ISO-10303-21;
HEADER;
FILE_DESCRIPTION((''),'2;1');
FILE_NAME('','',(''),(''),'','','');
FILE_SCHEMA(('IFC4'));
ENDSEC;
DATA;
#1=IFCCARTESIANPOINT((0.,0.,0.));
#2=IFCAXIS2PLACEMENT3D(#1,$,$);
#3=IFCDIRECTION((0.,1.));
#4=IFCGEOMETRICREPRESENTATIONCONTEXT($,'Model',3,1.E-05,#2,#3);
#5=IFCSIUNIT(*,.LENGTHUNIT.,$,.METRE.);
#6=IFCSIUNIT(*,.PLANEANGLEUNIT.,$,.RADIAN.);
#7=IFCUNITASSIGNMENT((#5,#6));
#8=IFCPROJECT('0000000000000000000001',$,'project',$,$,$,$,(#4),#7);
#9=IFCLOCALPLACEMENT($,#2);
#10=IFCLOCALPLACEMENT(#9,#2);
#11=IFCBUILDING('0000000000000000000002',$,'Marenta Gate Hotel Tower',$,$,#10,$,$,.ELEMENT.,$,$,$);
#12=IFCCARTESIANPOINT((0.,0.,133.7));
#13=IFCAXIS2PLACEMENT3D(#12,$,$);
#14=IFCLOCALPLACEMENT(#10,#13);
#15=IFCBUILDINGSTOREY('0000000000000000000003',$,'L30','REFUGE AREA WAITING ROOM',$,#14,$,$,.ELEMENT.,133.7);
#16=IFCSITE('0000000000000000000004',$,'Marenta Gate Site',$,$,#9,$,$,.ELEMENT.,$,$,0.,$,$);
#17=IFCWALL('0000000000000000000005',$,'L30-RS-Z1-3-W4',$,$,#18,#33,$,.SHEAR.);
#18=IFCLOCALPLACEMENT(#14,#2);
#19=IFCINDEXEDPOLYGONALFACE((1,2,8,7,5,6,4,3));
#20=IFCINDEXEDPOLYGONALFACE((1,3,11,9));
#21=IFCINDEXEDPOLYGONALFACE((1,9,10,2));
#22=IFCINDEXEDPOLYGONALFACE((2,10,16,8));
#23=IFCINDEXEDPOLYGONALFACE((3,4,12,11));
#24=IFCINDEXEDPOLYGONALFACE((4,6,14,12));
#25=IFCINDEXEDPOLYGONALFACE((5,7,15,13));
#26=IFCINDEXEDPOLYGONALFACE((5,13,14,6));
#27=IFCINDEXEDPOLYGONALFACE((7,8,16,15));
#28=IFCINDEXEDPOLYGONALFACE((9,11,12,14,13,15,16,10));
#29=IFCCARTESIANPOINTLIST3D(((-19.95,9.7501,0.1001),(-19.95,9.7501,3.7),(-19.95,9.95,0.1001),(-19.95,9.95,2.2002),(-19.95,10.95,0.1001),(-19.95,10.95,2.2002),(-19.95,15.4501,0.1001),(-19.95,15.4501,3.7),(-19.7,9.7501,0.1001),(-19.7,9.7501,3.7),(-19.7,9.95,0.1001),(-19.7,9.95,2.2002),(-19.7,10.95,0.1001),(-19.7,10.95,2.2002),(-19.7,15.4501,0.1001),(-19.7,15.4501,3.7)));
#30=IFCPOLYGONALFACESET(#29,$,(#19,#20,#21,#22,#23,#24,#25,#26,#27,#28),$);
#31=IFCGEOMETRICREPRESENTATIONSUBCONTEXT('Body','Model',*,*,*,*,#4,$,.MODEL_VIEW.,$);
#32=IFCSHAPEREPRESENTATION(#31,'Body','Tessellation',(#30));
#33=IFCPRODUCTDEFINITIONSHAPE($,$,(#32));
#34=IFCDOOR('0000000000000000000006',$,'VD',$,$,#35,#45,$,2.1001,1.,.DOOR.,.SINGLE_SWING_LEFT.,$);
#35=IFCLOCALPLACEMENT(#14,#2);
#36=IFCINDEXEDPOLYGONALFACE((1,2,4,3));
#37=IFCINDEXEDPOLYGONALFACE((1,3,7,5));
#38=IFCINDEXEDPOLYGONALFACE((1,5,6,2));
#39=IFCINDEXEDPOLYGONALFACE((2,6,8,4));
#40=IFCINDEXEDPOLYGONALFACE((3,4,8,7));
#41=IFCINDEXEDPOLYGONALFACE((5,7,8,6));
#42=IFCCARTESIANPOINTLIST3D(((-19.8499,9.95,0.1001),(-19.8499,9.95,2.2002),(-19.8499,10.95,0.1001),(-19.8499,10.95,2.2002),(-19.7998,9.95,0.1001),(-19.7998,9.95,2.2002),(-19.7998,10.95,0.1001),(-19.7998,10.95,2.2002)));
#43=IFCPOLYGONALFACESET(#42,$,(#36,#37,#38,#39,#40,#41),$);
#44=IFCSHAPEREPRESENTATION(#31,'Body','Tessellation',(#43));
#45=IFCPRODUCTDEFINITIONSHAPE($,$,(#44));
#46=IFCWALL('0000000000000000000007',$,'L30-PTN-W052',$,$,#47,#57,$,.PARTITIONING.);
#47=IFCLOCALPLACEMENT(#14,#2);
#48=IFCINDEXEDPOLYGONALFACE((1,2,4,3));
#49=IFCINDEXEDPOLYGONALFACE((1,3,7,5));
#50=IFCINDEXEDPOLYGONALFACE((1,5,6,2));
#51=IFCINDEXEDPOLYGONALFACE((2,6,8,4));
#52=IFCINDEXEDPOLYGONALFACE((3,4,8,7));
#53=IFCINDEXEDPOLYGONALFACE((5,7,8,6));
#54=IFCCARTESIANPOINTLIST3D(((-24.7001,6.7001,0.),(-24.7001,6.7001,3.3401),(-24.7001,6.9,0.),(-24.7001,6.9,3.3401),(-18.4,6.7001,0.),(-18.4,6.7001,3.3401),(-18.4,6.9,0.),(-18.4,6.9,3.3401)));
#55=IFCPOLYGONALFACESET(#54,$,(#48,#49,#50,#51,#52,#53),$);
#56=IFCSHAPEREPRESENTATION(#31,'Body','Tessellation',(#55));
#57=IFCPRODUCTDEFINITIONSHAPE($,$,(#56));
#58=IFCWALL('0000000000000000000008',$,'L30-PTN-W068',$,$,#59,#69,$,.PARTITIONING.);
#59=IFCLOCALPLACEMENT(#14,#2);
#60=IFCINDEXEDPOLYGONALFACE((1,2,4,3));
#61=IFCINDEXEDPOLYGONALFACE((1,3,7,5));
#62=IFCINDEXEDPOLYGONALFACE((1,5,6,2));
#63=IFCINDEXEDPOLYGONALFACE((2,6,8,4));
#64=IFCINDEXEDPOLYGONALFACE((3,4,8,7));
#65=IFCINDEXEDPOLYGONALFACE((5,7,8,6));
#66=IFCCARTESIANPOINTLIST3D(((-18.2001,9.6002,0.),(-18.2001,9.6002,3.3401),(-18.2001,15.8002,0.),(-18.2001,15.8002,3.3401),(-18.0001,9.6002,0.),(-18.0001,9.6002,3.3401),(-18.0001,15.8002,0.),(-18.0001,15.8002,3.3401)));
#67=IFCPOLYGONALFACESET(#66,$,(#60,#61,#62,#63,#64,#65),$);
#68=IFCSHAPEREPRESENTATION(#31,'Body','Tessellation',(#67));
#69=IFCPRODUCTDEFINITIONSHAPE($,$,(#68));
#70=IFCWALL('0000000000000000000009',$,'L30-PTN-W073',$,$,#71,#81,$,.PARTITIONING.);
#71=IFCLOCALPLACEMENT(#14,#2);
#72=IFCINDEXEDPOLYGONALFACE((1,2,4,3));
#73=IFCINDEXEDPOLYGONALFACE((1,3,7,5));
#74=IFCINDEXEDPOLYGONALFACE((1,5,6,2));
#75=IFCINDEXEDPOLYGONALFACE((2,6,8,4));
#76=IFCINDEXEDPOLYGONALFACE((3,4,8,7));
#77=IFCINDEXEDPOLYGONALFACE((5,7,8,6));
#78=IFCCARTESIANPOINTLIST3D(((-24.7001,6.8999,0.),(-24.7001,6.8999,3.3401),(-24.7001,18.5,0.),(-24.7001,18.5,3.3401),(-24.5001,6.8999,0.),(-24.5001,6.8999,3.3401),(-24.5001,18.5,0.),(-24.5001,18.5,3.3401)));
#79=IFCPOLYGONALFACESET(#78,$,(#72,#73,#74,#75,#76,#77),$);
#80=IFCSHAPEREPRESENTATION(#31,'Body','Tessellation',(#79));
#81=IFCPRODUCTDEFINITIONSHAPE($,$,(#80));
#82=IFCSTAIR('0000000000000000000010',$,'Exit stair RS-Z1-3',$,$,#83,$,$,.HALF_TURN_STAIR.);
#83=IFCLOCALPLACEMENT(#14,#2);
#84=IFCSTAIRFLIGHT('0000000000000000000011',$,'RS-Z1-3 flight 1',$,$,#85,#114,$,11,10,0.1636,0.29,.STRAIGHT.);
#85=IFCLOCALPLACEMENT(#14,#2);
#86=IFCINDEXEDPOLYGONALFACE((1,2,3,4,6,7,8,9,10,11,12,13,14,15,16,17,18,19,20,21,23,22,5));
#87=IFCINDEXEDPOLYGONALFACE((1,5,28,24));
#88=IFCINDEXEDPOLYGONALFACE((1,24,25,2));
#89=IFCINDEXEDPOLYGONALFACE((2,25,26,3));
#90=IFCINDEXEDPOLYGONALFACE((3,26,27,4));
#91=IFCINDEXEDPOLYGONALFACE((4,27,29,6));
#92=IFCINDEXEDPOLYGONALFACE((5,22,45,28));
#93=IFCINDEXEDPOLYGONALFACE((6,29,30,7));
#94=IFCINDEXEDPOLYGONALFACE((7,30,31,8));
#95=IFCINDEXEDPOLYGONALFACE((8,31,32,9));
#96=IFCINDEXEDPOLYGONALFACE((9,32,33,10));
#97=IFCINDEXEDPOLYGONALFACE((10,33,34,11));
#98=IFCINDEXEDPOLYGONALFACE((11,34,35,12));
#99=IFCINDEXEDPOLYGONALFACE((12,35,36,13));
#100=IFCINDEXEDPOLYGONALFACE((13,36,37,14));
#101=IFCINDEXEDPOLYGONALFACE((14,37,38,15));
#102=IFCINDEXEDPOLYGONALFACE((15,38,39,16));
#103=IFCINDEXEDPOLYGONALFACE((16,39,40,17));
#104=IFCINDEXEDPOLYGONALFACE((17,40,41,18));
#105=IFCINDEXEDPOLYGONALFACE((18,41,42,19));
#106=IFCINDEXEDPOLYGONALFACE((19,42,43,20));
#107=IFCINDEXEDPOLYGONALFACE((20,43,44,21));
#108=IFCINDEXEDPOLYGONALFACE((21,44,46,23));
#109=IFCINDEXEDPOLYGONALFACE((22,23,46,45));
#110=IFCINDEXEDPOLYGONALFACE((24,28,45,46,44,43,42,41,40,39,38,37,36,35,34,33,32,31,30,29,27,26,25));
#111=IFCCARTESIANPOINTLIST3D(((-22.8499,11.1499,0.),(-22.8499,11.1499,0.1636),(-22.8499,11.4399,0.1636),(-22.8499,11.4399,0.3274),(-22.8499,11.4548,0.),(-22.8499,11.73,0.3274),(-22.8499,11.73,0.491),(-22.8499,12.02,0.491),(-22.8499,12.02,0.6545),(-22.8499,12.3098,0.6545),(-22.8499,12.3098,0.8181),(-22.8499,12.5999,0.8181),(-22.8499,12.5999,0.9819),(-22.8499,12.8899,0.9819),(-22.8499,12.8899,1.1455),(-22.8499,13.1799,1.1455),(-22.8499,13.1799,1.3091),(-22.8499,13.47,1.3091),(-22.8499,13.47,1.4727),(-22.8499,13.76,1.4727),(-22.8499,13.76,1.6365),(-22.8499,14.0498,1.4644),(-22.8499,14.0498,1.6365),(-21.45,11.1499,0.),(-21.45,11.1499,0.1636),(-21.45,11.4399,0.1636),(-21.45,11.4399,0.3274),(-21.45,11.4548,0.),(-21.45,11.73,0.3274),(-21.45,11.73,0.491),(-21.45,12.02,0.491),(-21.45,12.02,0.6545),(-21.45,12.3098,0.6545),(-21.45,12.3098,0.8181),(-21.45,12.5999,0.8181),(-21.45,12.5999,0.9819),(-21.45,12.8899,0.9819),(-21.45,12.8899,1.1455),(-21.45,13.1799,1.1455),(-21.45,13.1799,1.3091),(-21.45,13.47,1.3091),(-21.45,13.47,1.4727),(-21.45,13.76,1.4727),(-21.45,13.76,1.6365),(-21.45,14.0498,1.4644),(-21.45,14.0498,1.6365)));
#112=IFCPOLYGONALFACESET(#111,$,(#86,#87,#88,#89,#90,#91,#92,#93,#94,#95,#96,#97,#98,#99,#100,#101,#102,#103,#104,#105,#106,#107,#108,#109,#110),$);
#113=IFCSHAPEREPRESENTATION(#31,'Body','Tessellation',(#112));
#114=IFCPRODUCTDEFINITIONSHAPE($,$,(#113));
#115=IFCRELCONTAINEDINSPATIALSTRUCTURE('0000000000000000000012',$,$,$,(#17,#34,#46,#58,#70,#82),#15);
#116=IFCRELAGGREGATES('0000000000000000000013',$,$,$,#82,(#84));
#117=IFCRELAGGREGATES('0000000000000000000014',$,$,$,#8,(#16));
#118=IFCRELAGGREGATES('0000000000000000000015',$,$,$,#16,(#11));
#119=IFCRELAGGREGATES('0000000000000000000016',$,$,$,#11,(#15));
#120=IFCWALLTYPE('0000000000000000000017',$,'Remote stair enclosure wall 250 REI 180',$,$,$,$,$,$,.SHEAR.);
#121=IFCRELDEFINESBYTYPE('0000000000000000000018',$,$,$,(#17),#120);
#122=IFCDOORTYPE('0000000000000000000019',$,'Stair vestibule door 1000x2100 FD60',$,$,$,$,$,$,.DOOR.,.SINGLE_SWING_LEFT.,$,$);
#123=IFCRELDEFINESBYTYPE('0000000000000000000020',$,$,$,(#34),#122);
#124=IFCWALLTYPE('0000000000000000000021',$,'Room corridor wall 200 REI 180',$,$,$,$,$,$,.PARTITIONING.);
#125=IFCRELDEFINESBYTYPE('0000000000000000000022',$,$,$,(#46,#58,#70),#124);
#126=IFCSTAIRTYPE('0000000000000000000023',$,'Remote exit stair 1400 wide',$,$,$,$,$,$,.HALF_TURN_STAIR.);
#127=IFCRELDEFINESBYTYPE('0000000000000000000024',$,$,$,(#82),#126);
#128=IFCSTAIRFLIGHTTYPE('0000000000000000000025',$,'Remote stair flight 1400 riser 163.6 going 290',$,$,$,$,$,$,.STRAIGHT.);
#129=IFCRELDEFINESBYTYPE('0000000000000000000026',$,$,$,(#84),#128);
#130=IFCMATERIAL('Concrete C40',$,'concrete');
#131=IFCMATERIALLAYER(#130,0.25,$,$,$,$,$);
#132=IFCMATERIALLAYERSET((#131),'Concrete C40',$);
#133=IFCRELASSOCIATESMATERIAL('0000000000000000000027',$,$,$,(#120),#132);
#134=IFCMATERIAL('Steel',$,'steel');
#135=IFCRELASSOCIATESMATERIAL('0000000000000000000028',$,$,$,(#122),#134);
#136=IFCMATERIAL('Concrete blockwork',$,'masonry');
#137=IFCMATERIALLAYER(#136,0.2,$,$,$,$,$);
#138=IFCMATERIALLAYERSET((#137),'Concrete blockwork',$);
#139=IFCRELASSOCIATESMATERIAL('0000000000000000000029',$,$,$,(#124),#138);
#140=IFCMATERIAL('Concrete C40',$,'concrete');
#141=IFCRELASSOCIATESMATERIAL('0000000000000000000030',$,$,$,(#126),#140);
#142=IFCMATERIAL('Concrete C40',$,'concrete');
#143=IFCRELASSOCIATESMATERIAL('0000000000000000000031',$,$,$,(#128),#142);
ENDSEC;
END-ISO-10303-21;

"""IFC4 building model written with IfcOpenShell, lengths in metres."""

from ifc_helpers import new_model, si_unit, direction, frame, frame_2d, origin, place, context, subcontext, project, spatial, polyline, rectangle, outline, extrude, material, layer, layer_set, type_object, element, fill, aggregate, save


model = new_model("IFC4")

# Units and contexts
model_context = context("Model", 3, precision=1e-05, world=origin(), true_north=direction((0.0, 1.0)))
body_context = subcontext(model_context, "Body", "Model", "MODEL_VIEW")
ifc_project = project(units=[si_unit("LENGTHUNIT", "METRE"), si_unit("PLANEANGLEUNIT", "RADIAN")], contexts=[model_context])

# Site, building, storey
site_placement = place(None, origin())
site = spatial("IfcSite", under=ifc_project, at=site_placement, Name="Marenta Gate Site", CompositionType="ELEMENT", RefElevation=0.0)
building_placement = place(site_placement, origin())
building = spatial("IfcBuilding", under=site, at=building_placement, Name="Marenta Gate Hotel Tower", CompositionType="ELEMENT")
storey_placement = place(building_placement, frame((0.0, 0.0, 133.7)))
storey = spatial("IfcBuildingStorey", under=building, at=storey_placement, Name="L30", Description="REFUGE AREA WAITING ROOM", CompositionType="ELEMENT", Elevation=133.7)

# Shared definitions
ifc_material_1 = material(Name="Concrete C40", Category="concrete")
ifc_layer_1 = layer(ifc_material_1, 0.25)
ifc_layer_set_1 = layer_set([ifc_layer_1], Name="Concrete C40")
wall_type_1 = type_object("IfcWallType", Name="Remote stair enclosure wall 250 REI 180", PredefinedType="SHEAR", material=ifc_layer_set_1)

# Wall, opening, door
wall_1_placement = place(storey_placement, frame((-19.825, 9.75, 0.1001), z_axis=(0.0, 0.0, 1.0), x_axis=(0.0, 1.0, 0.0)))
wall_1 = element("IfcWall", 1, at=wall_1_placement, inside=storey, type_object=wall_type_1, Name="L30-RS-Z1-3-W4", PredefinedType="SHEAR", context=body_context, shape_type="SweptSolid", body=[
    extrude(rectangle(XDim=5.7, YDim=0.25, at=frame_2d((2.8501, 0.0))), origin(), (0.0, 0.0, 1.0), 3.5999),
])
opening_1_placement = place(wall_1_placement, frame((0.2, 0.0, 0.0)))
opening_1 = element("IfcOpeningElement", 2, at=opening_1_placement, cuts=wall_1, PredefinedType="OPENING", context=body_context, shape_type="SweptSolid", body=[
    extrude(rectangle(XDim=1.0, YDim=2.1001, at=frame_2d((0.5, 1.05))), frame((0.0, 0.125, 0.0), z_axis=(0.0, -1.0, 0.0), x_axis=(1.0, 0.0, 0.0)), (0.0, 0.0, 1.0), 0.25),
])
ifc_material_2 = material(Name="Steel", Category="steel")
door_type_1 = type_object("IfcDoorType", Name="Stair vestibule door 1000x2100 FD60", OperationType="SINGLE_SWING_LEFT", PredefinedType="DOOR", material=ifc_material_2)
door_1_placement = place(opening_1_placement, origin())
door_1 = element("IfcDoor", 3, at=door_1_placement, inside=storey, type_object=door_type_1, Name="VD", OperationType="SINGLE_SWING_LEFT", OverallHeight=2.1001, OverallWidth=1.0, PredefinedType="DOOR", context=body_context, shape_type="SweptSolid", body=[
    extrude(rectangle(XDim=1.0, YDim=2.1001, at=frame_2d((0.5, 1.05))), frame((0.0, 0.0249, 0.0), z_axis=(0.0, -1.0, 0.0), x_axis=(1.0, 0.0, 0.0)), (0.0, 0.0, 1.0), 0.05),
])
fill(opening_1, door_1)

# Wall
ifc_material_3 = material(Name="Concrete blockwork", Category="masonry")
ifc_layer_2 = layer(ifc_material_3, 0.2)
ifc_layer_set_2 = layer_set([ifc_layer_2], Name="Concrete blockwork")
wall_type_2 = type_object("IfcWallType", Name="Room corridor wall 200 REI 180", PredefinedType="PARTITIONING", material=ifc_layer_set_2)
wall_2_placement = place(storey_placement, frame((-24.7, 6.8, 0.0), z_axis=(0.0, 0.0, 1.0), x_axis=(1.0, 0.0, 0.0)))
element("IfcWall", 4, at=wall_2_placement, inside=storey, type_object=wall_type_2, Name="L30-PTN-W052", PredefinedType="PARTITIONING", context=body_context, shape_type="SweptSolid", body=[
    extrude(rectangle(XDim=6.3, YDim=0.2, at=frame_2d((3.1499, 0.0))), origin(), (0.0, 0.0, 1.0), 3.3401),
])

# Walls
wall_3_placement = place(storey_placement, frame((-18.1001, 9.6001, 0.0), z_axis=(0.0, 0.0, 1.0), x_axis=(0.0, 1.0, 0.0)))
element("IfcWall", 5, at=wall_3_placement, inside=storey, type_object=wall_type_2, Name="L30-PTN-W068", PredefinedType="PARTITIONING", context=body_context, shape_type="SweptSolid", body=[
    extrude(rectangle(XDim=6.2, YDim=0.2, at=frame_2d((3.1001, 0.0))), origin(), (0.0, 0.0, 1.0), 3.3401),
])
wall_4_placement = place(storey_placement, frame((-24.6001, 6.8999, 0.0), z_axis=(0.0, 0.0, 1.0), x_axis=(0.0, 1.0, 0.0)))
element("IfcWall", 6, at=wall_4_placement, inside=storey, type_object=wall_type_2, Name="L30-PTN-W073", PredefinedType="PARTITIONING", context=body_context, shape_type="SweptSolid", body=[
    extrude(rectangle(XDim=11.6001, YDim=0.2, at=frame_2d((5.8, 0.0))), origin(), (0.0, 0.0, 1.0), 3.3401),
])

# Stair, stair flight
ifc_material_4 = material(Name="Concrete C40", Category="concrete")
stair_type = type_object("IfcStairType", Name="Remote exit stair 1400 wide", PredefinedType="HALF_TURN_STAIR", material=ifc_material_4)
stair_placement = place(storey_placement, origin())
stair = element("IfcStair", 7, at=stair_placement, inside=storey, type_object=stair_type, Name="Exit stair RS-Z1-3", PredefinedType="HALF_TURN_STAIR")
ifc_material_5 = material(Name="Concrete C40", Category="concrete")
stair_flight_type = type_object("IfcStairFlightType", Name="Remote stair flight 1400 riser 163.6 going 290", PredefinedType="STRAIGHT", material=ifc_material_5)
stair_flight_placement = place(storey_placement, frame((-22.1499, 11.1499, 0.0), z_axis=(0.0, 0.0, 1.0), x_axis=(0.0, 1.0, 0.0)))
stair_flight = element("IfcStairFlight", 8, at=stair_flight_placement, type_object=stair_flight_type, Name="RS-Z1-3 flight 1", NumberOfRisers=11, NumberOfTreads=10, PredefinedType="STRAIGHT", RiserHeight=0.1636, TreadLength=0.29, context=body_context, shape_type="SweptSolid", body=[
    extrude(outline(polyline([(0.0, 0.0), (0.0, 0.1636), (0.29, 0.1636), (0.29, 0.3274), (0.5801, 0.3274), (0.5801, 0.491), (0.8701, 0.491), (0.8701, 0.6545), (1.1599, 0.6545), (1.1599, 0.8181), (1.45, 0.8181), (1.45, 0.9819), (1.74, 0.9819), (1.74, 1.1455), (2.03, 1.1455), (2.03, 1.3091), (2.3201, 1.3091), (2.3201, 1.4727), (2.6101, 1.4727), (2.6101, 1.6365), (2.8999, 1.6365), (2.8999, 1.8), (2.8999, 1.4644), (0.3049, 0.0), (0.0, 0.0)])), frame((0.0, 0.7, 0.0), z_axis=(0.0, -1.0, 0.0), x_axis=(1.0, 0.0, 0.0)), (0.0, 0.0, 1.0), 1.3999),
])
aggregate(stair, [stair_flight])

save(model, "model.ifc")
